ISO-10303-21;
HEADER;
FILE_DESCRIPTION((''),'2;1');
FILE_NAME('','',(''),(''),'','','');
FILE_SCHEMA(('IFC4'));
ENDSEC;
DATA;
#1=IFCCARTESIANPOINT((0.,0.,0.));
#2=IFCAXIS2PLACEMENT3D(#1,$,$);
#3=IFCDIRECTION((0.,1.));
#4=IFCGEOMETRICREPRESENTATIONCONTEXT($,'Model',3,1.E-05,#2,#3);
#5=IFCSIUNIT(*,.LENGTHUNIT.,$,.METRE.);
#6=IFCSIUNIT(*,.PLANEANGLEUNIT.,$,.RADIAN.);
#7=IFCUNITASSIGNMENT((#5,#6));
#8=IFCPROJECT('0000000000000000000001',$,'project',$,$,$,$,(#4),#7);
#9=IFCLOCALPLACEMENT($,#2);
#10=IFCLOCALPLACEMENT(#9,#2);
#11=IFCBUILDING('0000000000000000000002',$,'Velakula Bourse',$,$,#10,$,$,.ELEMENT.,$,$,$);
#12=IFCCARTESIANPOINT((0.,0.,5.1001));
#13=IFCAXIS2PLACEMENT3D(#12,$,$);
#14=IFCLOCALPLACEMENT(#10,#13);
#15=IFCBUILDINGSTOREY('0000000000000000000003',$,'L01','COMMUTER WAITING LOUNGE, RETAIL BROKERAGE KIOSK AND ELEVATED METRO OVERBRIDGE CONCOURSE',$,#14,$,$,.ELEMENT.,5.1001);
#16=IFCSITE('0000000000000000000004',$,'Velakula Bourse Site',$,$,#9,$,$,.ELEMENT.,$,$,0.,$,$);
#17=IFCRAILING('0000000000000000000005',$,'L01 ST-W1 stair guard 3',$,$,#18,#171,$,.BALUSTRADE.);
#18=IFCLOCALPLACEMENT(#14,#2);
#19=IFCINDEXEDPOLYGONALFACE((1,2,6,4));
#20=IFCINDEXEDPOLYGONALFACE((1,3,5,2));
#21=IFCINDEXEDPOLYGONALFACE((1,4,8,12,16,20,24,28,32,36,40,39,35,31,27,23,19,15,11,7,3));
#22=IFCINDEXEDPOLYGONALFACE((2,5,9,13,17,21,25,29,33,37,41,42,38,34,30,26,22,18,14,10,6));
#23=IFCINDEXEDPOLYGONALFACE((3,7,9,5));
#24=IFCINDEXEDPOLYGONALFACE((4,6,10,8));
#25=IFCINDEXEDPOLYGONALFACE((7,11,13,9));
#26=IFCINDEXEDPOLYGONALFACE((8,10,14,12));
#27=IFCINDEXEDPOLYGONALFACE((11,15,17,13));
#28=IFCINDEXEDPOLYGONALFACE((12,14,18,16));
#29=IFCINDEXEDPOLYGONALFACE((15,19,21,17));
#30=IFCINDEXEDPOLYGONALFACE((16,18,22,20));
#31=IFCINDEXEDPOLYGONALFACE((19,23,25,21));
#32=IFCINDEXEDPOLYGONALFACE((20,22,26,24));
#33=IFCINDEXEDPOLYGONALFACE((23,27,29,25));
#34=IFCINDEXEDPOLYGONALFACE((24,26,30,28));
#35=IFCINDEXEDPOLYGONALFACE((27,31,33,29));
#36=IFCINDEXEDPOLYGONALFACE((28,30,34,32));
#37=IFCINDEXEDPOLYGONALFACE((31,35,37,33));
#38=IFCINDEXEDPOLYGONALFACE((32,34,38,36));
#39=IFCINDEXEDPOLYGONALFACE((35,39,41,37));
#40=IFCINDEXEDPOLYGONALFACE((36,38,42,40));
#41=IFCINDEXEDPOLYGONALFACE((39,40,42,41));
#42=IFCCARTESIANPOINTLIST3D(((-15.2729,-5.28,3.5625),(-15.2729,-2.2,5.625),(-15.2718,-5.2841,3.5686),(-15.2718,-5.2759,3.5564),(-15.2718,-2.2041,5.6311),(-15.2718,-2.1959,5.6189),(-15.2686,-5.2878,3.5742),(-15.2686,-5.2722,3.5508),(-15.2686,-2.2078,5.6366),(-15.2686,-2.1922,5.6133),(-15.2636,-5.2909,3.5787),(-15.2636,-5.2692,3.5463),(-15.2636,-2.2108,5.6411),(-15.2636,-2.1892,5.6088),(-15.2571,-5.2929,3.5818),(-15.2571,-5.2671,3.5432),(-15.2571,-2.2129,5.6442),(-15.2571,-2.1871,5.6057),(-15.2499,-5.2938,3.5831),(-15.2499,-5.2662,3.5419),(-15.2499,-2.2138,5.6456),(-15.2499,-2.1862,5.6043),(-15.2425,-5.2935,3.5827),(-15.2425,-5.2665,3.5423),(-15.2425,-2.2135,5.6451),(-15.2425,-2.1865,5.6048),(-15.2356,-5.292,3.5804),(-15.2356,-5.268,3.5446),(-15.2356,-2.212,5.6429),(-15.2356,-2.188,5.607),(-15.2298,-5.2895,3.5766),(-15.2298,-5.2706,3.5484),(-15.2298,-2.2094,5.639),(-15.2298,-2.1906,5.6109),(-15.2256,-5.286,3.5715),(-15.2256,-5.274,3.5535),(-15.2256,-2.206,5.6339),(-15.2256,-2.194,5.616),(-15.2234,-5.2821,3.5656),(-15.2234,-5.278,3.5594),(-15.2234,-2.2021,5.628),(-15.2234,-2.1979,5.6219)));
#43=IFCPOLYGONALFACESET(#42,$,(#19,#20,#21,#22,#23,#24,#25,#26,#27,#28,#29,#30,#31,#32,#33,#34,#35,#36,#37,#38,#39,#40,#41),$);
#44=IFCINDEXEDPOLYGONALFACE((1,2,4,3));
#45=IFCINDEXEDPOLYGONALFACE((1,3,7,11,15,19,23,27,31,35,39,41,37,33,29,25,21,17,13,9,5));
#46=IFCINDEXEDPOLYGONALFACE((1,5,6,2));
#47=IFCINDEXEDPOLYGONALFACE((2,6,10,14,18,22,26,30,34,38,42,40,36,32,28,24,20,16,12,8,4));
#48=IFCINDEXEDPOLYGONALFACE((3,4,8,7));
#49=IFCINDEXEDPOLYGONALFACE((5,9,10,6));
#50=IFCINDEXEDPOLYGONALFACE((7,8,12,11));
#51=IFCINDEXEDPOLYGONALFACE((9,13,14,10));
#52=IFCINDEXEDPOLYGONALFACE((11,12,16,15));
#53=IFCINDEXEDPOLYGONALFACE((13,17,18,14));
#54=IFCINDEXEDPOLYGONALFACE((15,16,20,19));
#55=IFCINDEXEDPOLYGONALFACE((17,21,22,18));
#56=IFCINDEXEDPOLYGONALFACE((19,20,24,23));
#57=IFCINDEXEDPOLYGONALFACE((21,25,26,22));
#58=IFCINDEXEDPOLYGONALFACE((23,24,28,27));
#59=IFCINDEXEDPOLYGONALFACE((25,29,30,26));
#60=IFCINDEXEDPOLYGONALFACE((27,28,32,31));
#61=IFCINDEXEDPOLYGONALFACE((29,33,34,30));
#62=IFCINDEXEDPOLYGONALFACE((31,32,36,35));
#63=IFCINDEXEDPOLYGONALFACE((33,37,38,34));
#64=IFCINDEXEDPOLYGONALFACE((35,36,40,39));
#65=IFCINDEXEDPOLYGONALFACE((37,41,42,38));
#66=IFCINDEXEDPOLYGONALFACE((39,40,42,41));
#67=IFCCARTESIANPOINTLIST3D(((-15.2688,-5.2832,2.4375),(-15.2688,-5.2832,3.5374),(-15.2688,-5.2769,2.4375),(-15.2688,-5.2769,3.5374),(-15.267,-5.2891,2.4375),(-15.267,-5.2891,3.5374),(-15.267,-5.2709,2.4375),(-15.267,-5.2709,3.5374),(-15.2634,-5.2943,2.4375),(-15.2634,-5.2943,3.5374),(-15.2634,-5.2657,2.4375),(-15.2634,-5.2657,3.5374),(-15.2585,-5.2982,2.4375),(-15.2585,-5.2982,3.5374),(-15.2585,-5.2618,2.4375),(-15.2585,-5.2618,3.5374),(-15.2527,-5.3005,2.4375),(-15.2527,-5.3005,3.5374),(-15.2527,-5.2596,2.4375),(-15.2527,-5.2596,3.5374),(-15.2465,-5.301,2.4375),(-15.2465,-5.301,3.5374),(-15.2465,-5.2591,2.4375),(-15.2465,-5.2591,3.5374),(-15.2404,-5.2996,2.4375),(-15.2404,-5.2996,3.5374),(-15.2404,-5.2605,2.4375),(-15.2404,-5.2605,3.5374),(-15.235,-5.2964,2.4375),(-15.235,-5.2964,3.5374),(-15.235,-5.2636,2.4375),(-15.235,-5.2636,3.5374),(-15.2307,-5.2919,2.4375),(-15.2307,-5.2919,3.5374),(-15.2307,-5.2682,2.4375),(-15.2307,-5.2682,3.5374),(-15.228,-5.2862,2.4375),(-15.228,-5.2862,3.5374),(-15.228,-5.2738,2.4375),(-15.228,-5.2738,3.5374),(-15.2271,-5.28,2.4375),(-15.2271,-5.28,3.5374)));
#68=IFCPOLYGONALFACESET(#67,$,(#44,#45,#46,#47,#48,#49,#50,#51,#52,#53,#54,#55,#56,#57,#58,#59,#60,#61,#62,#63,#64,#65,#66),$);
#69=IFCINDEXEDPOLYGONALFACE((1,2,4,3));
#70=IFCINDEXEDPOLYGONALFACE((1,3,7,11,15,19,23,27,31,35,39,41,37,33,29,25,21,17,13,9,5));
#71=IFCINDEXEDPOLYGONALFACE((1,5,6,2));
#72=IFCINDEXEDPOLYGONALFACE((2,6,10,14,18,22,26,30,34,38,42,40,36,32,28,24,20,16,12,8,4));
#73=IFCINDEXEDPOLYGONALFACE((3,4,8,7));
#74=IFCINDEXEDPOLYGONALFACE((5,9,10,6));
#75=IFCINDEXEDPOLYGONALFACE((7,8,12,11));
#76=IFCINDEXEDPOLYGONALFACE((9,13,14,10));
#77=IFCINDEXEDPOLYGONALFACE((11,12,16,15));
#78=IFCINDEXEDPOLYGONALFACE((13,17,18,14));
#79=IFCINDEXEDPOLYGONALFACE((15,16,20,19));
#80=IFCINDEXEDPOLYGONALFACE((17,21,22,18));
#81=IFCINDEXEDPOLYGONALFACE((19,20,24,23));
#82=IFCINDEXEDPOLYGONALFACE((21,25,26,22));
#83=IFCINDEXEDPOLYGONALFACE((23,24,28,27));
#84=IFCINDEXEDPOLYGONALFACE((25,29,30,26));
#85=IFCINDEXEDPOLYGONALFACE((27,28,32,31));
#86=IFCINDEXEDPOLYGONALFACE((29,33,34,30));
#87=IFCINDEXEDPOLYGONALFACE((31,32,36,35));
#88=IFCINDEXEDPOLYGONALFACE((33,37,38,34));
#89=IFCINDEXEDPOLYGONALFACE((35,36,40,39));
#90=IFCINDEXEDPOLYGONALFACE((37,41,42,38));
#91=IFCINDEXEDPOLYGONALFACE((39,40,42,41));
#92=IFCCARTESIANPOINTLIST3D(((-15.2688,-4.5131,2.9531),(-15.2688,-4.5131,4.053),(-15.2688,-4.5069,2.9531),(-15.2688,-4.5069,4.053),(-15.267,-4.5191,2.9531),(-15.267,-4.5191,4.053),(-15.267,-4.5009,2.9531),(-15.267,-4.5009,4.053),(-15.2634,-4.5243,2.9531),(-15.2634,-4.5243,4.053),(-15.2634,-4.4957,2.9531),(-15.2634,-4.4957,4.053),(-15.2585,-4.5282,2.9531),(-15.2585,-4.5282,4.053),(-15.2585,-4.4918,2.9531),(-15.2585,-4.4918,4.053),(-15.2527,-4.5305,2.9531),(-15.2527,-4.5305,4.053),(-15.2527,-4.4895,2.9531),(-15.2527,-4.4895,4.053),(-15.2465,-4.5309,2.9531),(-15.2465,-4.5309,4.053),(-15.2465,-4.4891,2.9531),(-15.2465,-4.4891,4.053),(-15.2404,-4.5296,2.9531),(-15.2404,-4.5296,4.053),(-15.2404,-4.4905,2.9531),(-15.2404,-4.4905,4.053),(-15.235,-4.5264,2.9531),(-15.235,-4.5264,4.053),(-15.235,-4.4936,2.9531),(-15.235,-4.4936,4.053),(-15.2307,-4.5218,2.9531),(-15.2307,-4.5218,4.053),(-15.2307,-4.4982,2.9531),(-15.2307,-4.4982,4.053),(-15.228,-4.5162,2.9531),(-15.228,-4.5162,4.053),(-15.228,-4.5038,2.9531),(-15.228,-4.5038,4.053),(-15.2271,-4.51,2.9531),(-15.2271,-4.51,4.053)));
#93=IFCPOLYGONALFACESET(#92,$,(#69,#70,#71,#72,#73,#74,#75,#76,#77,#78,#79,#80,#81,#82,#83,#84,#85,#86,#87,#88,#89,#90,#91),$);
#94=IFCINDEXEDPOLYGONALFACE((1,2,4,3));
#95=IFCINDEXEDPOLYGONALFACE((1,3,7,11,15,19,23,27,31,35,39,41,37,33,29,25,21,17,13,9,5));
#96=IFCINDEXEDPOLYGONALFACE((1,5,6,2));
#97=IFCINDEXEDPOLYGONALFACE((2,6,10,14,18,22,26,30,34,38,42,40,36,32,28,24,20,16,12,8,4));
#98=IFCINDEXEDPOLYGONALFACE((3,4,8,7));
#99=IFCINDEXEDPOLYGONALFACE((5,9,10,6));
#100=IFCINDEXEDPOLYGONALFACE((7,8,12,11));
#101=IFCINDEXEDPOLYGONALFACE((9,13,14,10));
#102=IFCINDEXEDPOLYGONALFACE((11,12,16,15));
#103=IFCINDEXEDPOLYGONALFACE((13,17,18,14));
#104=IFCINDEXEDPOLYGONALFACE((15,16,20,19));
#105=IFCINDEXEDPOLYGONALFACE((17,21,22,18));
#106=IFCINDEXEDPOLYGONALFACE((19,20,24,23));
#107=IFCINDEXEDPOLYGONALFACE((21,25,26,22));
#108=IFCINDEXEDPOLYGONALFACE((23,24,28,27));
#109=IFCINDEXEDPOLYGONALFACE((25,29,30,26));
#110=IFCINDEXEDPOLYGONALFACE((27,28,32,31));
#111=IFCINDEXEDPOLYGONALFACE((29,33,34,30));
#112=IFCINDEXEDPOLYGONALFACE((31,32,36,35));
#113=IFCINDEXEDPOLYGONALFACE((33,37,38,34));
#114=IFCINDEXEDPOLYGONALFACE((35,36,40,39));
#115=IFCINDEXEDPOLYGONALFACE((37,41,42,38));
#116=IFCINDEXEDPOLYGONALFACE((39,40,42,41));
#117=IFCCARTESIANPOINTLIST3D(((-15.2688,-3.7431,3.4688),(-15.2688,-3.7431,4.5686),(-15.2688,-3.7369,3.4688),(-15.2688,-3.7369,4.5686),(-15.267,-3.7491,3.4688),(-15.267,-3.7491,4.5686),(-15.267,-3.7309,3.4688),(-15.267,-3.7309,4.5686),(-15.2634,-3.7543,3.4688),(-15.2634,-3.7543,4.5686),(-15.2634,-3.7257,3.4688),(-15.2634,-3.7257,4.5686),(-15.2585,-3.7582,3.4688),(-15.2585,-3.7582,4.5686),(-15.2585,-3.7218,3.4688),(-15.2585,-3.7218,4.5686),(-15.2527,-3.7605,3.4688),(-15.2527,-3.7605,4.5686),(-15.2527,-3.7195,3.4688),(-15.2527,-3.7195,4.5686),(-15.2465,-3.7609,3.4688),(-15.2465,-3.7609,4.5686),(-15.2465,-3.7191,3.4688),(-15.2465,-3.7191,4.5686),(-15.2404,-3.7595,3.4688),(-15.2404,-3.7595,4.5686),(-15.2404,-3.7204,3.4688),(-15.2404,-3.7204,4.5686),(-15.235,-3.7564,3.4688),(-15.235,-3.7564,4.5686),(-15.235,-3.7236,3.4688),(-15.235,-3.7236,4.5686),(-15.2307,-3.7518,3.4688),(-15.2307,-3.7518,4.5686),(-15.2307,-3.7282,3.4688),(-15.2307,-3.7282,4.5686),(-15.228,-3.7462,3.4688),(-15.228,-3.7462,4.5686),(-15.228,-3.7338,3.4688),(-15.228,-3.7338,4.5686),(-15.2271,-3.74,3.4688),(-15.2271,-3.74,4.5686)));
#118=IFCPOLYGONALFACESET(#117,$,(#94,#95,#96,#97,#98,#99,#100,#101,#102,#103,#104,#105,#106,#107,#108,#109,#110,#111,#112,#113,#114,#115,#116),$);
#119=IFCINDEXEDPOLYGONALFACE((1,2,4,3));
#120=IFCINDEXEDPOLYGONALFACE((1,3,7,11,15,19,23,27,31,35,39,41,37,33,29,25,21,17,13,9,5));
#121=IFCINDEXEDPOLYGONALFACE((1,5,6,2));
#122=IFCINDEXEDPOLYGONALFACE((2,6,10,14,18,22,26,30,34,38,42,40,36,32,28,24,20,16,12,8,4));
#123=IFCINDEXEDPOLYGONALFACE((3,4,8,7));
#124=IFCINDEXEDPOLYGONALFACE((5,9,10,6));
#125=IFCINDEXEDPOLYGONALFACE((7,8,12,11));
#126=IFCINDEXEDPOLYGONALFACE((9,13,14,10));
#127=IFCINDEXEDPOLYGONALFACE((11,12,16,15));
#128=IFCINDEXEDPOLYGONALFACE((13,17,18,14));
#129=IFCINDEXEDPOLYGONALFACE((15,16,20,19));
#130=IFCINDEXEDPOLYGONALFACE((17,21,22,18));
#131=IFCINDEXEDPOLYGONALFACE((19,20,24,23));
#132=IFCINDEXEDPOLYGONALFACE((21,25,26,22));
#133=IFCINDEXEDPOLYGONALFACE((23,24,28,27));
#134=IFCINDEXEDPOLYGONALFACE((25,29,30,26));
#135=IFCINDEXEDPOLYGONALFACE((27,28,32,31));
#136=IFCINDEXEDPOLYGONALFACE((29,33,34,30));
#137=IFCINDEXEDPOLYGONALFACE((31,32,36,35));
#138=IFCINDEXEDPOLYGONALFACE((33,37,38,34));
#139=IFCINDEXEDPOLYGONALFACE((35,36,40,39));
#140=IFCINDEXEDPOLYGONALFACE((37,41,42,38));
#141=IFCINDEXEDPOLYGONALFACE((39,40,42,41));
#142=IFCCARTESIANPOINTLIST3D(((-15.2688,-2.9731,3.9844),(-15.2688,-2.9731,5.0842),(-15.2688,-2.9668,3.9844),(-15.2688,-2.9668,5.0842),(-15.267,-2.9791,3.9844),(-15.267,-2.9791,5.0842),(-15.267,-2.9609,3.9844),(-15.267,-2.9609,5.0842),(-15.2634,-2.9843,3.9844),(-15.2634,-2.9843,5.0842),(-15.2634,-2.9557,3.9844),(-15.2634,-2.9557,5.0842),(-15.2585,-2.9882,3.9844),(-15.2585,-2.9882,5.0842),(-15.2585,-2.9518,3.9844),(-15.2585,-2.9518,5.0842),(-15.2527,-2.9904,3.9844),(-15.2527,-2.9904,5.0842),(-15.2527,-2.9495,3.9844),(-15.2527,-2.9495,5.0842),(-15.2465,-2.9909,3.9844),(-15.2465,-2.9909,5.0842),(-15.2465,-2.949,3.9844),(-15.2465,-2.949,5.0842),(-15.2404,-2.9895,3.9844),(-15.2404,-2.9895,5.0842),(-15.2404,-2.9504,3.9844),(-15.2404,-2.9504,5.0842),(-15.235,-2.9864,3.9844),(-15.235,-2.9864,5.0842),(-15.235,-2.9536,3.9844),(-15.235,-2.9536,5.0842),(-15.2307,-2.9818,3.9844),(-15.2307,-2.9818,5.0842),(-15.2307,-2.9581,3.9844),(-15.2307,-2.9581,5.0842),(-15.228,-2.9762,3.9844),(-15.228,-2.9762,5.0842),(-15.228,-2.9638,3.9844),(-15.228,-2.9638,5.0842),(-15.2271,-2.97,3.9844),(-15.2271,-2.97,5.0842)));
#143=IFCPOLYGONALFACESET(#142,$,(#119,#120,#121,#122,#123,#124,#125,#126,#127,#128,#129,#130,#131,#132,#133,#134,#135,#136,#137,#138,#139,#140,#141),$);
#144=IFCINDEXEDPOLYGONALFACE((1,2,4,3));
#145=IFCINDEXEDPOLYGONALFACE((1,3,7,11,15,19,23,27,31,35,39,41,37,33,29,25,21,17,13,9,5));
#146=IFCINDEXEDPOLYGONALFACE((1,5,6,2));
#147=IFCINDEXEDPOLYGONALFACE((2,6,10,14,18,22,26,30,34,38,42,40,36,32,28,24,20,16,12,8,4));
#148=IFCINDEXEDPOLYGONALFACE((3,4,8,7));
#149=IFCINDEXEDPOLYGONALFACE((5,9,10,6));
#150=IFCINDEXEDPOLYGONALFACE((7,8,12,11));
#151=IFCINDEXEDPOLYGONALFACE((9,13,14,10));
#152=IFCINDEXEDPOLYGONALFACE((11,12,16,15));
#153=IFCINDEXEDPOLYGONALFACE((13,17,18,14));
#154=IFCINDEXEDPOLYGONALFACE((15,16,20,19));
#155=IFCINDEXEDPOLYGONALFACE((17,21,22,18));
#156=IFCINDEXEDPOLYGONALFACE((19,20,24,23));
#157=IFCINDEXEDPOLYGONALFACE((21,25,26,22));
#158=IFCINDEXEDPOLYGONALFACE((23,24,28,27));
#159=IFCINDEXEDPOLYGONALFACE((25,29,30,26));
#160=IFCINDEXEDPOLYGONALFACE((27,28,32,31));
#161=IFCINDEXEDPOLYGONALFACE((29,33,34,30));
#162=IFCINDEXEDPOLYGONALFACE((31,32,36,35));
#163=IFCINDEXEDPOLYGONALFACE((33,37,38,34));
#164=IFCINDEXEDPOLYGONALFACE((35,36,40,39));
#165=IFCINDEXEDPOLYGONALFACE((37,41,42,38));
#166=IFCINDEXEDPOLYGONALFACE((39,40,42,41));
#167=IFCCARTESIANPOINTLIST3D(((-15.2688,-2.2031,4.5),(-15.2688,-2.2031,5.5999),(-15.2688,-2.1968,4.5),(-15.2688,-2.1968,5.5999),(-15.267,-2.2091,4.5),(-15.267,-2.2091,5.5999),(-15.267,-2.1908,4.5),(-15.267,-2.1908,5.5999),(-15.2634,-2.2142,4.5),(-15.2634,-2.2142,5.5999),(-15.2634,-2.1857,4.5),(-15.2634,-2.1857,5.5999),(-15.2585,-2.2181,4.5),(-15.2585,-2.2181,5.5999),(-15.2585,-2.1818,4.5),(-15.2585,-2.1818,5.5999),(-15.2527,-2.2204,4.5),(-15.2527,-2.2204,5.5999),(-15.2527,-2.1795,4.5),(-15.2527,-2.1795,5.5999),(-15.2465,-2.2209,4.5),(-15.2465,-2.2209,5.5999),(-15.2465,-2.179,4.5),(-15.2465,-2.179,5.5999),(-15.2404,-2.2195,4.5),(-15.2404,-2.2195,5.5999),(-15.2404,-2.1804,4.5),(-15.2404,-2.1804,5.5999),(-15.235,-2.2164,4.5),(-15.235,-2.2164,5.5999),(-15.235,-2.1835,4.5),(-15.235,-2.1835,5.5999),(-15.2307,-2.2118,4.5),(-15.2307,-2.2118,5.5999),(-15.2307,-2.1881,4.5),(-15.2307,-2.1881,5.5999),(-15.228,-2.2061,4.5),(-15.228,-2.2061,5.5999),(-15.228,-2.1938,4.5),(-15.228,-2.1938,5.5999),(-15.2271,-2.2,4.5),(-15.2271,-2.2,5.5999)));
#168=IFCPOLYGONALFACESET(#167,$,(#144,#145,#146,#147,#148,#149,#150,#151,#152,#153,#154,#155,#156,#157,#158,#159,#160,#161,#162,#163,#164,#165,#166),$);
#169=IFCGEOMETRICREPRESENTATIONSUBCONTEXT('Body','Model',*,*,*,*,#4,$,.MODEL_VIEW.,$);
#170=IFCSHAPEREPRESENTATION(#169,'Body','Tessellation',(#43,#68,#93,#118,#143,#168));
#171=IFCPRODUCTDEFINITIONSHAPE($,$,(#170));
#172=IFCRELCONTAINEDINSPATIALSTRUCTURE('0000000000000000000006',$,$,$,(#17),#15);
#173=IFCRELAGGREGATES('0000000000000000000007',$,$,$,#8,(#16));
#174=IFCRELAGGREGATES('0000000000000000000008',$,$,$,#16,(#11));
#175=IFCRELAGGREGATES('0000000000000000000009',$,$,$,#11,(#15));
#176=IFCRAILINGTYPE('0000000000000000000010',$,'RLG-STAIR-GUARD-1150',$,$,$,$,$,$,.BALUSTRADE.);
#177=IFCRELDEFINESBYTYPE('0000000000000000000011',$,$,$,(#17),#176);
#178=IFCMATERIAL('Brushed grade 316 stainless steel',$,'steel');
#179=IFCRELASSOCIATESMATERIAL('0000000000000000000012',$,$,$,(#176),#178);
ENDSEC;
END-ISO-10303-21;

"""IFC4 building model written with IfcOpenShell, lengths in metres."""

from ifc_helpers import new_model, si_unit, direction, frame, origin, origin_2d, place, context, subcontext, project, spatial, circle, extrude, material, type_object, element, save


model = new_model("IFC4")

# Units and contexts
model_context = context("Model", 3, precision=1e-05, world=origin(), true_north=direction((0.0, 1.0)))
body_context = subcontext(model_context, "Body", "Model", "MODEL_VIEW")
ifc_project = project(units=[si_unit("LENGTHUNIT", "METRE"), si_unit("PLANEANGLEUNIT", "RADIAN")], contexts=[model_context])

# Site, building, storey
site_placement = place(None, origin())
site = spatial("IfcSite", under=ifc_project, at=site_placement, Name="Velakula Bourse Site", CompositionType="ELEMENT", RefElevation=0.0)
building_placement = place(site_placement, origin())
building = spatial("IfcBuilding", under=site, at=building_placement, Name="Velakula Bourse", CompositionType="ELEMENT")
storey_placement = place(building_placement, frame((0.0, 0.0, 5.1001)))
storey = spatial("IfcBuildingStorey", under=building, at=storey_placement, Name="L01", Description="COMMUTER WAITING LOUNGE, RETAIL BROKERAGE KIOSK AND ELEVATED METRO OVERBRIDGE CONCOURSE", CompositionType="ELEMENT", Elevation=5.1001)

# Shared definitions
ifc_material_1 = material(Name="Brushed grade 316 stainless steel", Category="steel")

# Railing
railing_type_1 = type_object("IfcRailingType", Name="RLG-STAIR-GUARD-1150", PredefinedType="BALUSTRADE", material=ifc_material_1)
railing_1_placement = place(storey_placement, frame((-15.248, -5.28, 2.4375)))
element("IfcRailing", 1, at=railing_1_placement, inside=storey, type_object=railing_type_1, Name="L01 ST-W1 stair guard 3", PredefinedType="BALUSTRADE", context=body_context, shape_type="SweptSolid", body=[
    extrude(circle(Radius=0.0249, at=origin_2d()), frame((0.0, 0.0, 1.125), z_axis=(0.0, 0.830914, 0.556401), x_axis=(-1.0, 0.0, 0.0)), (0.0, 0.0, 1.0), 3.7068),
    extrude(circle(Radius=0.021, at=origin_2d()), origin(), (0.0, 0.0, 1.0), 1.0999),
    extrude(circle(Radius=0.021, at=origin_2d()), frame((0.0, 0.77, 0.5156)), (0.0, 0.0, 1.0), 1.0999),
    extrude(circle(Radius=0.021, at=origin_2d()), frame((0.0, 1.54, 1.0312)), (0.0, 0.0, 1.0), 1.0999),
    extrude(circle(Radius=0.021, at=origin_2d()), frame((0.0, 2.3101, 1.5469)), (0.0, 0.0, 1.0), 1.0999),
    extrude(circle(Radius=0.021, at=origin_2d()), frame((0.0, 3.0801, 2.0625)), (0.0, 0.0, 1.0), 1.0999),
])

save(model, "model.ifc")
